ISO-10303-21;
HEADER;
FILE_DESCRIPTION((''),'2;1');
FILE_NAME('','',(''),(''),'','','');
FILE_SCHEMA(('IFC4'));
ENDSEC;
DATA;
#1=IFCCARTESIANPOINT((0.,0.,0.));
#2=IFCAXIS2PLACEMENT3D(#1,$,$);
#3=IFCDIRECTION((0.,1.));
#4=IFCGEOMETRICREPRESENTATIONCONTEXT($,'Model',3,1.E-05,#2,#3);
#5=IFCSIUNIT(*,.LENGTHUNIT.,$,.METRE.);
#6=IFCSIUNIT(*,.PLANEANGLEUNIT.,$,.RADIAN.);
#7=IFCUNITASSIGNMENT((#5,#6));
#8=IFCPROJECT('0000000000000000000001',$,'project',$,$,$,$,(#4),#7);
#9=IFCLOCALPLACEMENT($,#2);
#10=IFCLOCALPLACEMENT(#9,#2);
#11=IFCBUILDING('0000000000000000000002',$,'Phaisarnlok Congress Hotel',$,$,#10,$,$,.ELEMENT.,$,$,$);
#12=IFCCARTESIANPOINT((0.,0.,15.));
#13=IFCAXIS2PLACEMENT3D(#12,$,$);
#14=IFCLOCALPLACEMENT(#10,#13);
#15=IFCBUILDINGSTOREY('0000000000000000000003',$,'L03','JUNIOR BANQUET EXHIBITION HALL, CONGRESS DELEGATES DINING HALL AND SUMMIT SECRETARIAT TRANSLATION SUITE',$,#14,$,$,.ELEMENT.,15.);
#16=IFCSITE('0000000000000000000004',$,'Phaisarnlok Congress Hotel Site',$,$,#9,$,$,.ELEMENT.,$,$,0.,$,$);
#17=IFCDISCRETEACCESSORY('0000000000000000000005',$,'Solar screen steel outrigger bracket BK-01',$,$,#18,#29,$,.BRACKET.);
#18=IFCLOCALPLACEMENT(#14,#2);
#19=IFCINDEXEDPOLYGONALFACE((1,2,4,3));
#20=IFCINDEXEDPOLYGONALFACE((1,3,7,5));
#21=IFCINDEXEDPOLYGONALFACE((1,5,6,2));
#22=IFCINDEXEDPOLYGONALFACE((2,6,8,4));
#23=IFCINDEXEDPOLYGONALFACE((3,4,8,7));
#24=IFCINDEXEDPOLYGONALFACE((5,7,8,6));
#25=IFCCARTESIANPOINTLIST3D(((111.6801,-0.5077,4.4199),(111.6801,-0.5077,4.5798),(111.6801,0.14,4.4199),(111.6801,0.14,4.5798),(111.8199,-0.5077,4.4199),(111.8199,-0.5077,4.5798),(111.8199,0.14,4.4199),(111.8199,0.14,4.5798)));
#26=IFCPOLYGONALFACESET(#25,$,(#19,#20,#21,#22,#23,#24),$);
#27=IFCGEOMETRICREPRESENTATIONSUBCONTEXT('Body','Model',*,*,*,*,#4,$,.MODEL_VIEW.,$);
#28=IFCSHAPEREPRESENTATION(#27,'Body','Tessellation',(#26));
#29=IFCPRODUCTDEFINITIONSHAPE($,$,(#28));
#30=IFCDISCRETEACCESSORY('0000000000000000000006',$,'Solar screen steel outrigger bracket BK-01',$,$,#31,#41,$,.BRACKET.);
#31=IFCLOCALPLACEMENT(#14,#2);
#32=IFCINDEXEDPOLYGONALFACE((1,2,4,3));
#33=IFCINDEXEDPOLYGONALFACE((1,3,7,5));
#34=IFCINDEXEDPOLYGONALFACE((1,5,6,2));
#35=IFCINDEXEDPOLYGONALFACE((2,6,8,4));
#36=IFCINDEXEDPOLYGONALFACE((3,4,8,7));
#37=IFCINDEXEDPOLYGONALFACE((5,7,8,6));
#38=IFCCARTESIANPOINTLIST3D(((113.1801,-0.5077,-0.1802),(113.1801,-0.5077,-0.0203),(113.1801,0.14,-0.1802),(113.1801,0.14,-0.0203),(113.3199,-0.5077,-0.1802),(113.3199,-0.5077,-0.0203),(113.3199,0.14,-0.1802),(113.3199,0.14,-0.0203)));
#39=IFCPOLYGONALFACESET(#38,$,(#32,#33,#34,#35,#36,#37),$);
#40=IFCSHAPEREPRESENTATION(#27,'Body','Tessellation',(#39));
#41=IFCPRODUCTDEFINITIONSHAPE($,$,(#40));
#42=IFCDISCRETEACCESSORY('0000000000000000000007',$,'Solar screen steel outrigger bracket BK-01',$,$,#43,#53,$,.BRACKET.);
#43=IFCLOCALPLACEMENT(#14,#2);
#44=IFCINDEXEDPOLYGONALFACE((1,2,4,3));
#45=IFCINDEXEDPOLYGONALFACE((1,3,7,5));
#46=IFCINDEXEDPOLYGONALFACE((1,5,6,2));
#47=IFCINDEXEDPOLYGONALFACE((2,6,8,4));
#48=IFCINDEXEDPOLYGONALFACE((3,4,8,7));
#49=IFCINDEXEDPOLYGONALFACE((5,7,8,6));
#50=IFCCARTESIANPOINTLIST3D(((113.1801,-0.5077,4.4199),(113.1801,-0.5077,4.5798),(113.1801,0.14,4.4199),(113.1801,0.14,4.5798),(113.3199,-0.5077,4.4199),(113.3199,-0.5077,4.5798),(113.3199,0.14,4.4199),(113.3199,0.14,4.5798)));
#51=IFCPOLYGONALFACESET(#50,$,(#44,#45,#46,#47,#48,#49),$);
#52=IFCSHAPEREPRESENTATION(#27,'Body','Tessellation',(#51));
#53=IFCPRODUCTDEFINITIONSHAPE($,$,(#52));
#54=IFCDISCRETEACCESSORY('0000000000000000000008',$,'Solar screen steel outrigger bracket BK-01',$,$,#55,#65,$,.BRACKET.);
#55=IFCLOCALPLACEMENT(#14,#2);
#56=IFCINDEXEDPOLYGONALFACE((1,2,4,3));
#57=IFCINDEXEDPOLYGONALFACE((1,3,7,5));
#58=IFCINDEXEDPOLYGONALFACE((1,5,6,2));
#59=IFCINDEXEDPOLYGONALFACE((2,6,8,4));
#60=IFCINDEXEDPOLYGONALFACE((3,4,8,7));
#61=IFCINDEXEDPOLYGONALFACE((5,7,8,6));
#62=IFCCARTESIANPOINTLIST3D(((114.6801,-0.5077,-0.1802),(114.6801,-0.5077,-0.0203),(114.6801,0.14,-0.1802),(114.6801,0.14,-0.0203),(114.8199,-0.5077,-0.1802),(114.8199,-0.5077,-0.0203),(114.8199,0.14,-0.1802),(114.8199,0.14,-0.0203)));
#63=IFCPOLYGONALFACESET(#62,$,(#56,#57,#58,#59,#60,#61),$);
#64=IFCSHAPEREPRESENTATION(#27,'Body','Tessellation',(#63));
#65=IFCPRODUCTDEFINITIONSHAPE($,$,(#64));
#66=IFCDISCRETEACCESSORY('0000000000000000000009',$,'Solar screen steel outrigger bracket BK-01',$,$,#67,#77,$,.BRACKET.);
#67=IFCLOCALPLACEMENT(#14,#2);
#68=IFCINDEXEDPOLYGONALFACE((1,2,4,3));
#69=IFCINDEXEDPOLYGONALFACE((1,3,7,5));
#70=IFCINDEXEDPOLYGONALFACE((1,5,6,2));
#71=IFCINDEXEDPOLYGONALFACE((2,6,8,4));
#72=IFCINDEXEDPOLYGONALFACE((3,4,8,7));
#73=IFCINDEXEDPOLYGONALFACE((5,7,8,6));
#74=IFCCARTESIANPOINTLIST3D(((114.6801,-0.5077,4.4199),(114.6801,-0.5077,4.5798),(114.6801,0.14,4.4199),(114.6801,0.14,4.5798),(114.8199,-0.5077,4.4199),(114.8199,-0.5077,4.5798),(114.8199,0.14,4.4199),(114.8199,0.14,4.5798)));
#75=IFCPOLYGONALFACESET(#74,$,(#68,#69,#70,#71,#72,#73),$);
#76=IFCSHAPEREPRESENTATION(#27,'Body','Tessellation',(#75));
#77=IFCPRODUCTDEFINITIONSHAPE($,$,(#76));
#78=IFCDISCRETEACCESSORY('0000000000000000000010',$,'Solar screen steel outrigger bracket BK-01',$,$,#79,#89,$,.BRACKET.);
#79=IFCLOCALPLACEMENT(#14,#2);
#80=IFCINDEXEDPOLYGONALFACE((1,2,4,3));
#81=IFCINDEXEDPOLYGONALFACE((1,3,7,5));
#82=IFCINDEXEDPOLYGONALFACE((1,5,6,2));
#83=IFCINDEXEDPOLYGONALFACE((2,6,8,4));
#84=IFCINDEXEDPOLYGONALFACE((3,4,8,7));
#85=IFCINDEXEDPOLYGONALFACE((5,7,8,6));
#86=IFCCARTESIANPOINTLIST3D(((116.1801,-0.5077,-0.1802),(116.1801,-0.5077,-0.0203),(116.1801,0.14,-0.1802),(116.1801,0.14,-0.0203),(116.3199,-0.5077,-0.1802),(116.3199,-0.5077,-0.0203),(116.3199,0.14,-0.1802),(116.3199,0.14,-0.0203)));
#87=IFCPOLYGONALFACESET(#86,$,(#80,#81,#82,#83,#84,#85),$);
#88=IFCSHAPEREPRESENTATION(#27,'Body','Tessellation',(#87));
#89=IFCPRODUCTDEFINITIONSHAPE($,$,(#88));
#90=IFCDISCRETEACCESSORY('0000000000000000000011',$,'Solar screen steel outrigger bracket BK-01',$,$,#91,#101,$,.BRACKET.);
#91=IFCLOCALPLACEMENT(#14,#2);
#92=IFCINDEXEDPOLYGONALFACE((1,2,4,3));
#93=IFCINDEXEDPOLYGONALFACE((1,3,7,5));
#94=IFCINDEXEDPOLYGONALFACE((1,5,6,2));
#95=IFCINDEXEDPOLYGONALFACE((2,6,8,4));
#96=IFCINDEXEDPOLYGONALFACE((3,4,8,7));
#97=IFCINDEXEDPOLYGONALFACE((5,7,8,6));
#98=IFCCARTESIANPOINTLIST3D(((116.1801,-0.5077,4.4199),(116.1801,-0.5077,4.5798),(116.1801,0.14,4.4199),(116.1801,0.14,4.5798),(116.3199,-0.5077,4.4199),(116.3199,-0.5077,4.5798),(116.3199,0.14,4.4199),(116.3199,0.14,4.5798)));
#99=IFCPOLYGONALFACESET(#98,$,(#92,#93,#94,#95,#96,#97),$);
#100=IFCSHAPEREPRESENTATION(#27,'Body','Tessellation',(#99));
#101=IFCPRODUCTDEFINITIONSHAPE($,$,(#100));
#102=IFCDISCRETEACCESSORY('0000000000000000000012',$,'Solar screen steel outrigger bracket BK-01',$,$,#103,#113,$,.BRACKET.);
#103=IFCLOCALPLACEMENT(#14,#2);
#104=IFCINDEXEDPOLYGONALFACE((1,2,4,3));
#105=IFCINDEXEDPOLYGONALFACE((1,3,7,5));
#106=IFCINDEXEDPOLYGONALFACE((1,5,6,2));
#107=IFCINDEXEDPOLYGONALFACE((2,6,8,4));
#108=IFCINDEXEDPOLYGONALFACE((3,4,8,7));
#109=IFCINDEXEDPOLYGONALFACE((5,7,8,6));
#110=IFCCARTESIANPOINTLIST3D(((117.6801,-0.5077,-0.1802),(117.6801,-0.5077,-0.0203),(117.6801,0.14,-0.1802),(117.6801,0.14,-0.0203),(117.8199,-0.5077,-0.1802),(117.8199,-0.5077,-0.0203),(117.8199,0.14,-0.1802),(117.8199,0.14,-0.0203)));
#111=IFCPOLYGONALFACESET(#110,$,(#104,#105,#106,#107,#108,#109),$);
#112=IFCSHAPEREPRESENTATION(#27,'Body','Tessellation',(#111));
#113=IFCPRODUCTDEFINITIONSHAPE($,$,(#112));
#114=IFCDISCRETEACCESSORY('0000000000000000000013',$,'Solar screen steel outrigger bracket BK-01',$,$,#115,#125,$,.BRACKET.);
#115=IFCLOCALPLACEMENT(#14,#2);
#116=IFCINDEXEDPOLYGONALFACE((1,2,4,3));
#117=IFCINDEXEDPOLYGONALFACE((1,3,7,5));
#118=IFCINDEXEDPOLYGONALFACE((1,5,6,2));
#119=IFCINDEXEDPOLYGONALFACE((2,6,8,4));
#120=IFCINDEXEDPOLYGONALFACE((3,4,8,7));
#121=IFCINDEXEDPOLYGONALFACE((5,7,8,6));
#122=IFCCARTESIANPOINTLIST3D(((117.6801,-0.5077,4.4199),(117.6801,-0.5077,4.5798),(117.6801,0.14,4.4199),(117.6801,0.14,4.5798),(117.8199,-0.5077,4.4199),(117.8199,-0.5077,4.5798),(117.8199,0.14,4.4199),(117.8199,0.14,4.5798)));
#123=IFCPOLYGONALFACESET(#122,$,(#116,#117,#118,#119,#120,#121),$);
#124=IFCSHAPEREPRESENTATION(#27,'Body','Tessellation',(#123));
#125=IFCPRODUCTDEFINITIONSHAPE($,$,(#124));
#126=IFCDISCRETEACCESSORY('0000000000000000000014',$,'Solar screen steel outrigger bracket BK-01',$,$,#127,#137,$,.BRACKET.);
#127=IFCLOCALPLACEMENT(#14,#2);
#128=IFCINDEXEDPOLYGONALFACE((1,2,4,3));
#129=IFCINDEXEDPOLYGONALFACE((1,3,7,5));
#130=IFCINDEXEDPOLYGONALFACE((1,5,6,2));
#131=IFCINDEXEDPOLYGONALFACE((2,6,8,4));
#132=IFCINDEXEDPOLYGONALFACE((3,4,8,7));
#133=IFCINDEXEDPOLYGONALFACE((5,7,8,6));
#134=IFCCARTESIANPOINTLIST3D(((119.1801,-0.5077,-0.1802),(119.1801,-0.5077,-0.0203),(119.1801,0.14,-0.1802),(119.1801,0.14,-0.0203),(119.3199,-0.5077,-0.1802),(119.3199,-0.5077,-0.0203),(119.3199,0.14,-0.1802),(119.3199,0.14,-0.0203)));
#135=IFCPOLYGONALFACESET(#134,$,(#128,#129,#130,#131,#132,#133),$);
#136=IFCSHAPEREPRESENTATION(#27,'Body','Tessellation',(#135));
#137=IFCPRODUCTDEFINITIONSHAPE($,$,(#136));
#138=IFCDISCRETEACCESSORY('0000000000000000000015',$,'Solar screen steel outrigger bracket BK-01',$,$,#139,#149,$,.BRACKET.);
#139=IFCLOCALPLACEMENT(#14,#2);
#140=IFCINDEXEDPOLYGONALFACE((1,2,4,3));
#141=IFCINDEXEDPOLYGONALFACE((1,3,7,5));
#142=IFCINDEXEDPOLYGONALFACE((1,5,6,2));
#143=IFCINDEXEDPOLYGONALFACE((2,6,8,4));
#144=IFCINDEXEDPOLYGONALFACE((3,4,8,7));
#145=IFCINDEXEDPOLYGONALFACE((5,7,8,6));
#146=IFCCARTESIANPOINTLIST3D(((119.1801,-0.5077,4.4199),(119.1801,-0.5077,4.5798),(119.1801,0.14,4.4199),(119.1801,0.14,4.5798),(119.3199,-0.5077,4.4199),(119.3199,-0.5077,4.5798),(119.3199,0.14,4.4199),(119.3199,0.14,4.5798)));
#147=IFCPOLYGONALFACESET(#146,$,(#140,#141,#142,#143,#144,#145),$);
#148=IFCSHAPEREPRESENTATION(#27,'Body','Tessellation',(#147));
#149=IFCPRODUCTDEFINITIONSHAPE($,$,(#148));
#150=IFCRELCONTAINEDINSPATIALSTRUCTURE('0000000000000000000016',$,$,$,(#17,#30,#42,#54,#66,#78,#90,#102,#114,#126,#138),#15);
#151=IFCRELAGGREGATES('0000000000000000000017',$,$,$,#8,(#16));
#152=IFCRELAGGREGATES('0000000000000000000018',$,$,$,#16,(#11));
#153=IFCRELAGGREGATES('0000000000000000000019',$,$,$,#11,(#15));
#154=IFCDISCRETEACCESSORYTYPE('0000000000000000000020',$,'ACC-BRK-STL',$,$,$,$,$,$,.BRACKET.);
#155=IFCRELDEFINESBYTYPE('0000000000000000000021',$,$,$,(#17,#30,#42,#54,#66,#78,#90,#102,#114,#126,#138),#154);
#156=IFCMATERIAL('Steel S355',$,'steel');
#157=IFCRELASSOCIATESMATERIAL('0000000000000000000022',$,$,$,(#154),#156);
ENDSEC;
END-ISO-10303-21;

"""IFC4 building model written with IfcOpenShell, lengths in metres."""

from ifc_helpers import new_model, si_unit, direction, frame, origin, origin_2d, place, context, subcontext, project, spatial, rectangle, extrude, material, type_object, element, save


model = new_model("IFC4")

# Units and contexts
model_context = context("Model", 3, precision=1e-05, world=origin(), true_north=direction((0.0, 1.0)))
body_context = subcontext(model_context, "Body", "Model", "MODEL_VIEW")
ifc_project = project(units=[si_unit("LENGTHUNIT", "METRE"), si_unit("PLANEANGLEUNIT", "RADIAN")], contexts=[model_context])

# Site, building, storey
site_placement = place(None, origin())
site = spatial("IfcSite", under=ifc_project, at=site_placement, Name="Phaisarnlok Congress Hotel Site", CompositionType="ELEMENT", RefElevation=0.0)
building_placement = place(site_placement, origin())
building = spatial("IfcBuilding", under=site, at=building_placement, Name="Phaisarnlok Congress Hotel", CompositionType="ELEMENT")
storey_placement = place(building_placement, frame((0.0, 0.0, 15.0)))
storey = spatial("IfcBuildingStorey", under=building, at=storey_placement, Name="L03", Description="JUNIOR BANQUET EXHIBITION HALL, CONGRESS DELEGATES DINING HALL AND SUMMIT SECRETARIAT TRANSLATION SUITE", CompositionType="ELEMENT", Elevation=15.0)

# Shared definitions
ifc_material_1 = material(Name="Steel S355", Category="steel")

# Discrete accessories
discrete_accessory_type = type_object("IfcDiscreteAccessoryType", Name="ACC-BRK-STL", PredefinedType="BRACKET", material=ifc_material_1)
for number, where, z_axis, x_axis, name in (
    (1, (111.75, -0.1838, 4.4199), (0.0, 0.0, 1.0), (1.0, 0.0, 0.0), "Solar screen steel outrigger bracket BK-01"),
    (2, (113.25, -0.1838, -0.1802), (0.0, 0.0, 1.0), (1.0, 0.0, 0.0), "Solar screen steel outrigger bracket BK-01"),
    (3, (113.25, -0.1838, 4.4199), (0.0, 0.0, 1.0), (1.0, 0.0, 0.0), "Solar screen steel outrigger bracket BK-01"),
    (4, (114.75, -0.1838, -0.1802), (0.0, 0.0, 1.0), (1.0, 0.0, 0.0), "Solar screen steel outrigger bracket BK-01"),
    (5, (114.75, -0.1838, 4.4199), (0.0, 0.0, 1.0), (1.0, 0.0, 0.0), "Solar screen steel outrigger bracket BK-01"),
    (6, (116.25, -0.1838, -0.1802), (0.0, 0.0, 1.0), (1.0, 0.0, 0.0), "Solar screen steel outrigger bracket BK-01"),
    (7, (116.25, -0.1838, 4.4199), (0.0, 0.0, 1.0), (1.0, 0.0, 0.0), "Solar screen steel outrigger bracket BK-01"),
    (8, (117.75, -0.1838, -0.1802), (0.0, 0.0, 1.0), (1.0, 0.0, 0.0), "Solar screen steel outrigger bracket BK-01"),
    (9, (117.75, -0.1838, 4.4199), (0.0, 0.0, 1.0), (1.0, 0.0, 0.0), "Solar screen steel outrigger bracket BK-01"),
    (10, (119.25, -0.1838, -0.1802), (0.0, 0.0, 1.0), (1.0, 0.0, 0.0), "Solar screen steel outrigger bracket BK-01"),
    (11, (119.25, -0.1838, 4.4199), (0.0, 0.0, 1.0), (1.0, 0.0, 0.0), "Solar screen steel outrigger bracket BK-01"),
):
    element("IfcDiscreteAccessory", number, at=place(storey_placement, frame(where, z_axis=z_axis, x_axis=x_axis)), inside=storey, type_object=discrete_accessory_type, Name=name, PredefinedType="BRACKET", context=body_context, shape_type="SweptSolid", body=[
        extrude(rectangle(XDim=0.1399, YDim=0.6477, at=origin_2d()), origin(), (0.0, 0.0, 1.0), 0.1599),
    ])

save(model, "model.ifc")
